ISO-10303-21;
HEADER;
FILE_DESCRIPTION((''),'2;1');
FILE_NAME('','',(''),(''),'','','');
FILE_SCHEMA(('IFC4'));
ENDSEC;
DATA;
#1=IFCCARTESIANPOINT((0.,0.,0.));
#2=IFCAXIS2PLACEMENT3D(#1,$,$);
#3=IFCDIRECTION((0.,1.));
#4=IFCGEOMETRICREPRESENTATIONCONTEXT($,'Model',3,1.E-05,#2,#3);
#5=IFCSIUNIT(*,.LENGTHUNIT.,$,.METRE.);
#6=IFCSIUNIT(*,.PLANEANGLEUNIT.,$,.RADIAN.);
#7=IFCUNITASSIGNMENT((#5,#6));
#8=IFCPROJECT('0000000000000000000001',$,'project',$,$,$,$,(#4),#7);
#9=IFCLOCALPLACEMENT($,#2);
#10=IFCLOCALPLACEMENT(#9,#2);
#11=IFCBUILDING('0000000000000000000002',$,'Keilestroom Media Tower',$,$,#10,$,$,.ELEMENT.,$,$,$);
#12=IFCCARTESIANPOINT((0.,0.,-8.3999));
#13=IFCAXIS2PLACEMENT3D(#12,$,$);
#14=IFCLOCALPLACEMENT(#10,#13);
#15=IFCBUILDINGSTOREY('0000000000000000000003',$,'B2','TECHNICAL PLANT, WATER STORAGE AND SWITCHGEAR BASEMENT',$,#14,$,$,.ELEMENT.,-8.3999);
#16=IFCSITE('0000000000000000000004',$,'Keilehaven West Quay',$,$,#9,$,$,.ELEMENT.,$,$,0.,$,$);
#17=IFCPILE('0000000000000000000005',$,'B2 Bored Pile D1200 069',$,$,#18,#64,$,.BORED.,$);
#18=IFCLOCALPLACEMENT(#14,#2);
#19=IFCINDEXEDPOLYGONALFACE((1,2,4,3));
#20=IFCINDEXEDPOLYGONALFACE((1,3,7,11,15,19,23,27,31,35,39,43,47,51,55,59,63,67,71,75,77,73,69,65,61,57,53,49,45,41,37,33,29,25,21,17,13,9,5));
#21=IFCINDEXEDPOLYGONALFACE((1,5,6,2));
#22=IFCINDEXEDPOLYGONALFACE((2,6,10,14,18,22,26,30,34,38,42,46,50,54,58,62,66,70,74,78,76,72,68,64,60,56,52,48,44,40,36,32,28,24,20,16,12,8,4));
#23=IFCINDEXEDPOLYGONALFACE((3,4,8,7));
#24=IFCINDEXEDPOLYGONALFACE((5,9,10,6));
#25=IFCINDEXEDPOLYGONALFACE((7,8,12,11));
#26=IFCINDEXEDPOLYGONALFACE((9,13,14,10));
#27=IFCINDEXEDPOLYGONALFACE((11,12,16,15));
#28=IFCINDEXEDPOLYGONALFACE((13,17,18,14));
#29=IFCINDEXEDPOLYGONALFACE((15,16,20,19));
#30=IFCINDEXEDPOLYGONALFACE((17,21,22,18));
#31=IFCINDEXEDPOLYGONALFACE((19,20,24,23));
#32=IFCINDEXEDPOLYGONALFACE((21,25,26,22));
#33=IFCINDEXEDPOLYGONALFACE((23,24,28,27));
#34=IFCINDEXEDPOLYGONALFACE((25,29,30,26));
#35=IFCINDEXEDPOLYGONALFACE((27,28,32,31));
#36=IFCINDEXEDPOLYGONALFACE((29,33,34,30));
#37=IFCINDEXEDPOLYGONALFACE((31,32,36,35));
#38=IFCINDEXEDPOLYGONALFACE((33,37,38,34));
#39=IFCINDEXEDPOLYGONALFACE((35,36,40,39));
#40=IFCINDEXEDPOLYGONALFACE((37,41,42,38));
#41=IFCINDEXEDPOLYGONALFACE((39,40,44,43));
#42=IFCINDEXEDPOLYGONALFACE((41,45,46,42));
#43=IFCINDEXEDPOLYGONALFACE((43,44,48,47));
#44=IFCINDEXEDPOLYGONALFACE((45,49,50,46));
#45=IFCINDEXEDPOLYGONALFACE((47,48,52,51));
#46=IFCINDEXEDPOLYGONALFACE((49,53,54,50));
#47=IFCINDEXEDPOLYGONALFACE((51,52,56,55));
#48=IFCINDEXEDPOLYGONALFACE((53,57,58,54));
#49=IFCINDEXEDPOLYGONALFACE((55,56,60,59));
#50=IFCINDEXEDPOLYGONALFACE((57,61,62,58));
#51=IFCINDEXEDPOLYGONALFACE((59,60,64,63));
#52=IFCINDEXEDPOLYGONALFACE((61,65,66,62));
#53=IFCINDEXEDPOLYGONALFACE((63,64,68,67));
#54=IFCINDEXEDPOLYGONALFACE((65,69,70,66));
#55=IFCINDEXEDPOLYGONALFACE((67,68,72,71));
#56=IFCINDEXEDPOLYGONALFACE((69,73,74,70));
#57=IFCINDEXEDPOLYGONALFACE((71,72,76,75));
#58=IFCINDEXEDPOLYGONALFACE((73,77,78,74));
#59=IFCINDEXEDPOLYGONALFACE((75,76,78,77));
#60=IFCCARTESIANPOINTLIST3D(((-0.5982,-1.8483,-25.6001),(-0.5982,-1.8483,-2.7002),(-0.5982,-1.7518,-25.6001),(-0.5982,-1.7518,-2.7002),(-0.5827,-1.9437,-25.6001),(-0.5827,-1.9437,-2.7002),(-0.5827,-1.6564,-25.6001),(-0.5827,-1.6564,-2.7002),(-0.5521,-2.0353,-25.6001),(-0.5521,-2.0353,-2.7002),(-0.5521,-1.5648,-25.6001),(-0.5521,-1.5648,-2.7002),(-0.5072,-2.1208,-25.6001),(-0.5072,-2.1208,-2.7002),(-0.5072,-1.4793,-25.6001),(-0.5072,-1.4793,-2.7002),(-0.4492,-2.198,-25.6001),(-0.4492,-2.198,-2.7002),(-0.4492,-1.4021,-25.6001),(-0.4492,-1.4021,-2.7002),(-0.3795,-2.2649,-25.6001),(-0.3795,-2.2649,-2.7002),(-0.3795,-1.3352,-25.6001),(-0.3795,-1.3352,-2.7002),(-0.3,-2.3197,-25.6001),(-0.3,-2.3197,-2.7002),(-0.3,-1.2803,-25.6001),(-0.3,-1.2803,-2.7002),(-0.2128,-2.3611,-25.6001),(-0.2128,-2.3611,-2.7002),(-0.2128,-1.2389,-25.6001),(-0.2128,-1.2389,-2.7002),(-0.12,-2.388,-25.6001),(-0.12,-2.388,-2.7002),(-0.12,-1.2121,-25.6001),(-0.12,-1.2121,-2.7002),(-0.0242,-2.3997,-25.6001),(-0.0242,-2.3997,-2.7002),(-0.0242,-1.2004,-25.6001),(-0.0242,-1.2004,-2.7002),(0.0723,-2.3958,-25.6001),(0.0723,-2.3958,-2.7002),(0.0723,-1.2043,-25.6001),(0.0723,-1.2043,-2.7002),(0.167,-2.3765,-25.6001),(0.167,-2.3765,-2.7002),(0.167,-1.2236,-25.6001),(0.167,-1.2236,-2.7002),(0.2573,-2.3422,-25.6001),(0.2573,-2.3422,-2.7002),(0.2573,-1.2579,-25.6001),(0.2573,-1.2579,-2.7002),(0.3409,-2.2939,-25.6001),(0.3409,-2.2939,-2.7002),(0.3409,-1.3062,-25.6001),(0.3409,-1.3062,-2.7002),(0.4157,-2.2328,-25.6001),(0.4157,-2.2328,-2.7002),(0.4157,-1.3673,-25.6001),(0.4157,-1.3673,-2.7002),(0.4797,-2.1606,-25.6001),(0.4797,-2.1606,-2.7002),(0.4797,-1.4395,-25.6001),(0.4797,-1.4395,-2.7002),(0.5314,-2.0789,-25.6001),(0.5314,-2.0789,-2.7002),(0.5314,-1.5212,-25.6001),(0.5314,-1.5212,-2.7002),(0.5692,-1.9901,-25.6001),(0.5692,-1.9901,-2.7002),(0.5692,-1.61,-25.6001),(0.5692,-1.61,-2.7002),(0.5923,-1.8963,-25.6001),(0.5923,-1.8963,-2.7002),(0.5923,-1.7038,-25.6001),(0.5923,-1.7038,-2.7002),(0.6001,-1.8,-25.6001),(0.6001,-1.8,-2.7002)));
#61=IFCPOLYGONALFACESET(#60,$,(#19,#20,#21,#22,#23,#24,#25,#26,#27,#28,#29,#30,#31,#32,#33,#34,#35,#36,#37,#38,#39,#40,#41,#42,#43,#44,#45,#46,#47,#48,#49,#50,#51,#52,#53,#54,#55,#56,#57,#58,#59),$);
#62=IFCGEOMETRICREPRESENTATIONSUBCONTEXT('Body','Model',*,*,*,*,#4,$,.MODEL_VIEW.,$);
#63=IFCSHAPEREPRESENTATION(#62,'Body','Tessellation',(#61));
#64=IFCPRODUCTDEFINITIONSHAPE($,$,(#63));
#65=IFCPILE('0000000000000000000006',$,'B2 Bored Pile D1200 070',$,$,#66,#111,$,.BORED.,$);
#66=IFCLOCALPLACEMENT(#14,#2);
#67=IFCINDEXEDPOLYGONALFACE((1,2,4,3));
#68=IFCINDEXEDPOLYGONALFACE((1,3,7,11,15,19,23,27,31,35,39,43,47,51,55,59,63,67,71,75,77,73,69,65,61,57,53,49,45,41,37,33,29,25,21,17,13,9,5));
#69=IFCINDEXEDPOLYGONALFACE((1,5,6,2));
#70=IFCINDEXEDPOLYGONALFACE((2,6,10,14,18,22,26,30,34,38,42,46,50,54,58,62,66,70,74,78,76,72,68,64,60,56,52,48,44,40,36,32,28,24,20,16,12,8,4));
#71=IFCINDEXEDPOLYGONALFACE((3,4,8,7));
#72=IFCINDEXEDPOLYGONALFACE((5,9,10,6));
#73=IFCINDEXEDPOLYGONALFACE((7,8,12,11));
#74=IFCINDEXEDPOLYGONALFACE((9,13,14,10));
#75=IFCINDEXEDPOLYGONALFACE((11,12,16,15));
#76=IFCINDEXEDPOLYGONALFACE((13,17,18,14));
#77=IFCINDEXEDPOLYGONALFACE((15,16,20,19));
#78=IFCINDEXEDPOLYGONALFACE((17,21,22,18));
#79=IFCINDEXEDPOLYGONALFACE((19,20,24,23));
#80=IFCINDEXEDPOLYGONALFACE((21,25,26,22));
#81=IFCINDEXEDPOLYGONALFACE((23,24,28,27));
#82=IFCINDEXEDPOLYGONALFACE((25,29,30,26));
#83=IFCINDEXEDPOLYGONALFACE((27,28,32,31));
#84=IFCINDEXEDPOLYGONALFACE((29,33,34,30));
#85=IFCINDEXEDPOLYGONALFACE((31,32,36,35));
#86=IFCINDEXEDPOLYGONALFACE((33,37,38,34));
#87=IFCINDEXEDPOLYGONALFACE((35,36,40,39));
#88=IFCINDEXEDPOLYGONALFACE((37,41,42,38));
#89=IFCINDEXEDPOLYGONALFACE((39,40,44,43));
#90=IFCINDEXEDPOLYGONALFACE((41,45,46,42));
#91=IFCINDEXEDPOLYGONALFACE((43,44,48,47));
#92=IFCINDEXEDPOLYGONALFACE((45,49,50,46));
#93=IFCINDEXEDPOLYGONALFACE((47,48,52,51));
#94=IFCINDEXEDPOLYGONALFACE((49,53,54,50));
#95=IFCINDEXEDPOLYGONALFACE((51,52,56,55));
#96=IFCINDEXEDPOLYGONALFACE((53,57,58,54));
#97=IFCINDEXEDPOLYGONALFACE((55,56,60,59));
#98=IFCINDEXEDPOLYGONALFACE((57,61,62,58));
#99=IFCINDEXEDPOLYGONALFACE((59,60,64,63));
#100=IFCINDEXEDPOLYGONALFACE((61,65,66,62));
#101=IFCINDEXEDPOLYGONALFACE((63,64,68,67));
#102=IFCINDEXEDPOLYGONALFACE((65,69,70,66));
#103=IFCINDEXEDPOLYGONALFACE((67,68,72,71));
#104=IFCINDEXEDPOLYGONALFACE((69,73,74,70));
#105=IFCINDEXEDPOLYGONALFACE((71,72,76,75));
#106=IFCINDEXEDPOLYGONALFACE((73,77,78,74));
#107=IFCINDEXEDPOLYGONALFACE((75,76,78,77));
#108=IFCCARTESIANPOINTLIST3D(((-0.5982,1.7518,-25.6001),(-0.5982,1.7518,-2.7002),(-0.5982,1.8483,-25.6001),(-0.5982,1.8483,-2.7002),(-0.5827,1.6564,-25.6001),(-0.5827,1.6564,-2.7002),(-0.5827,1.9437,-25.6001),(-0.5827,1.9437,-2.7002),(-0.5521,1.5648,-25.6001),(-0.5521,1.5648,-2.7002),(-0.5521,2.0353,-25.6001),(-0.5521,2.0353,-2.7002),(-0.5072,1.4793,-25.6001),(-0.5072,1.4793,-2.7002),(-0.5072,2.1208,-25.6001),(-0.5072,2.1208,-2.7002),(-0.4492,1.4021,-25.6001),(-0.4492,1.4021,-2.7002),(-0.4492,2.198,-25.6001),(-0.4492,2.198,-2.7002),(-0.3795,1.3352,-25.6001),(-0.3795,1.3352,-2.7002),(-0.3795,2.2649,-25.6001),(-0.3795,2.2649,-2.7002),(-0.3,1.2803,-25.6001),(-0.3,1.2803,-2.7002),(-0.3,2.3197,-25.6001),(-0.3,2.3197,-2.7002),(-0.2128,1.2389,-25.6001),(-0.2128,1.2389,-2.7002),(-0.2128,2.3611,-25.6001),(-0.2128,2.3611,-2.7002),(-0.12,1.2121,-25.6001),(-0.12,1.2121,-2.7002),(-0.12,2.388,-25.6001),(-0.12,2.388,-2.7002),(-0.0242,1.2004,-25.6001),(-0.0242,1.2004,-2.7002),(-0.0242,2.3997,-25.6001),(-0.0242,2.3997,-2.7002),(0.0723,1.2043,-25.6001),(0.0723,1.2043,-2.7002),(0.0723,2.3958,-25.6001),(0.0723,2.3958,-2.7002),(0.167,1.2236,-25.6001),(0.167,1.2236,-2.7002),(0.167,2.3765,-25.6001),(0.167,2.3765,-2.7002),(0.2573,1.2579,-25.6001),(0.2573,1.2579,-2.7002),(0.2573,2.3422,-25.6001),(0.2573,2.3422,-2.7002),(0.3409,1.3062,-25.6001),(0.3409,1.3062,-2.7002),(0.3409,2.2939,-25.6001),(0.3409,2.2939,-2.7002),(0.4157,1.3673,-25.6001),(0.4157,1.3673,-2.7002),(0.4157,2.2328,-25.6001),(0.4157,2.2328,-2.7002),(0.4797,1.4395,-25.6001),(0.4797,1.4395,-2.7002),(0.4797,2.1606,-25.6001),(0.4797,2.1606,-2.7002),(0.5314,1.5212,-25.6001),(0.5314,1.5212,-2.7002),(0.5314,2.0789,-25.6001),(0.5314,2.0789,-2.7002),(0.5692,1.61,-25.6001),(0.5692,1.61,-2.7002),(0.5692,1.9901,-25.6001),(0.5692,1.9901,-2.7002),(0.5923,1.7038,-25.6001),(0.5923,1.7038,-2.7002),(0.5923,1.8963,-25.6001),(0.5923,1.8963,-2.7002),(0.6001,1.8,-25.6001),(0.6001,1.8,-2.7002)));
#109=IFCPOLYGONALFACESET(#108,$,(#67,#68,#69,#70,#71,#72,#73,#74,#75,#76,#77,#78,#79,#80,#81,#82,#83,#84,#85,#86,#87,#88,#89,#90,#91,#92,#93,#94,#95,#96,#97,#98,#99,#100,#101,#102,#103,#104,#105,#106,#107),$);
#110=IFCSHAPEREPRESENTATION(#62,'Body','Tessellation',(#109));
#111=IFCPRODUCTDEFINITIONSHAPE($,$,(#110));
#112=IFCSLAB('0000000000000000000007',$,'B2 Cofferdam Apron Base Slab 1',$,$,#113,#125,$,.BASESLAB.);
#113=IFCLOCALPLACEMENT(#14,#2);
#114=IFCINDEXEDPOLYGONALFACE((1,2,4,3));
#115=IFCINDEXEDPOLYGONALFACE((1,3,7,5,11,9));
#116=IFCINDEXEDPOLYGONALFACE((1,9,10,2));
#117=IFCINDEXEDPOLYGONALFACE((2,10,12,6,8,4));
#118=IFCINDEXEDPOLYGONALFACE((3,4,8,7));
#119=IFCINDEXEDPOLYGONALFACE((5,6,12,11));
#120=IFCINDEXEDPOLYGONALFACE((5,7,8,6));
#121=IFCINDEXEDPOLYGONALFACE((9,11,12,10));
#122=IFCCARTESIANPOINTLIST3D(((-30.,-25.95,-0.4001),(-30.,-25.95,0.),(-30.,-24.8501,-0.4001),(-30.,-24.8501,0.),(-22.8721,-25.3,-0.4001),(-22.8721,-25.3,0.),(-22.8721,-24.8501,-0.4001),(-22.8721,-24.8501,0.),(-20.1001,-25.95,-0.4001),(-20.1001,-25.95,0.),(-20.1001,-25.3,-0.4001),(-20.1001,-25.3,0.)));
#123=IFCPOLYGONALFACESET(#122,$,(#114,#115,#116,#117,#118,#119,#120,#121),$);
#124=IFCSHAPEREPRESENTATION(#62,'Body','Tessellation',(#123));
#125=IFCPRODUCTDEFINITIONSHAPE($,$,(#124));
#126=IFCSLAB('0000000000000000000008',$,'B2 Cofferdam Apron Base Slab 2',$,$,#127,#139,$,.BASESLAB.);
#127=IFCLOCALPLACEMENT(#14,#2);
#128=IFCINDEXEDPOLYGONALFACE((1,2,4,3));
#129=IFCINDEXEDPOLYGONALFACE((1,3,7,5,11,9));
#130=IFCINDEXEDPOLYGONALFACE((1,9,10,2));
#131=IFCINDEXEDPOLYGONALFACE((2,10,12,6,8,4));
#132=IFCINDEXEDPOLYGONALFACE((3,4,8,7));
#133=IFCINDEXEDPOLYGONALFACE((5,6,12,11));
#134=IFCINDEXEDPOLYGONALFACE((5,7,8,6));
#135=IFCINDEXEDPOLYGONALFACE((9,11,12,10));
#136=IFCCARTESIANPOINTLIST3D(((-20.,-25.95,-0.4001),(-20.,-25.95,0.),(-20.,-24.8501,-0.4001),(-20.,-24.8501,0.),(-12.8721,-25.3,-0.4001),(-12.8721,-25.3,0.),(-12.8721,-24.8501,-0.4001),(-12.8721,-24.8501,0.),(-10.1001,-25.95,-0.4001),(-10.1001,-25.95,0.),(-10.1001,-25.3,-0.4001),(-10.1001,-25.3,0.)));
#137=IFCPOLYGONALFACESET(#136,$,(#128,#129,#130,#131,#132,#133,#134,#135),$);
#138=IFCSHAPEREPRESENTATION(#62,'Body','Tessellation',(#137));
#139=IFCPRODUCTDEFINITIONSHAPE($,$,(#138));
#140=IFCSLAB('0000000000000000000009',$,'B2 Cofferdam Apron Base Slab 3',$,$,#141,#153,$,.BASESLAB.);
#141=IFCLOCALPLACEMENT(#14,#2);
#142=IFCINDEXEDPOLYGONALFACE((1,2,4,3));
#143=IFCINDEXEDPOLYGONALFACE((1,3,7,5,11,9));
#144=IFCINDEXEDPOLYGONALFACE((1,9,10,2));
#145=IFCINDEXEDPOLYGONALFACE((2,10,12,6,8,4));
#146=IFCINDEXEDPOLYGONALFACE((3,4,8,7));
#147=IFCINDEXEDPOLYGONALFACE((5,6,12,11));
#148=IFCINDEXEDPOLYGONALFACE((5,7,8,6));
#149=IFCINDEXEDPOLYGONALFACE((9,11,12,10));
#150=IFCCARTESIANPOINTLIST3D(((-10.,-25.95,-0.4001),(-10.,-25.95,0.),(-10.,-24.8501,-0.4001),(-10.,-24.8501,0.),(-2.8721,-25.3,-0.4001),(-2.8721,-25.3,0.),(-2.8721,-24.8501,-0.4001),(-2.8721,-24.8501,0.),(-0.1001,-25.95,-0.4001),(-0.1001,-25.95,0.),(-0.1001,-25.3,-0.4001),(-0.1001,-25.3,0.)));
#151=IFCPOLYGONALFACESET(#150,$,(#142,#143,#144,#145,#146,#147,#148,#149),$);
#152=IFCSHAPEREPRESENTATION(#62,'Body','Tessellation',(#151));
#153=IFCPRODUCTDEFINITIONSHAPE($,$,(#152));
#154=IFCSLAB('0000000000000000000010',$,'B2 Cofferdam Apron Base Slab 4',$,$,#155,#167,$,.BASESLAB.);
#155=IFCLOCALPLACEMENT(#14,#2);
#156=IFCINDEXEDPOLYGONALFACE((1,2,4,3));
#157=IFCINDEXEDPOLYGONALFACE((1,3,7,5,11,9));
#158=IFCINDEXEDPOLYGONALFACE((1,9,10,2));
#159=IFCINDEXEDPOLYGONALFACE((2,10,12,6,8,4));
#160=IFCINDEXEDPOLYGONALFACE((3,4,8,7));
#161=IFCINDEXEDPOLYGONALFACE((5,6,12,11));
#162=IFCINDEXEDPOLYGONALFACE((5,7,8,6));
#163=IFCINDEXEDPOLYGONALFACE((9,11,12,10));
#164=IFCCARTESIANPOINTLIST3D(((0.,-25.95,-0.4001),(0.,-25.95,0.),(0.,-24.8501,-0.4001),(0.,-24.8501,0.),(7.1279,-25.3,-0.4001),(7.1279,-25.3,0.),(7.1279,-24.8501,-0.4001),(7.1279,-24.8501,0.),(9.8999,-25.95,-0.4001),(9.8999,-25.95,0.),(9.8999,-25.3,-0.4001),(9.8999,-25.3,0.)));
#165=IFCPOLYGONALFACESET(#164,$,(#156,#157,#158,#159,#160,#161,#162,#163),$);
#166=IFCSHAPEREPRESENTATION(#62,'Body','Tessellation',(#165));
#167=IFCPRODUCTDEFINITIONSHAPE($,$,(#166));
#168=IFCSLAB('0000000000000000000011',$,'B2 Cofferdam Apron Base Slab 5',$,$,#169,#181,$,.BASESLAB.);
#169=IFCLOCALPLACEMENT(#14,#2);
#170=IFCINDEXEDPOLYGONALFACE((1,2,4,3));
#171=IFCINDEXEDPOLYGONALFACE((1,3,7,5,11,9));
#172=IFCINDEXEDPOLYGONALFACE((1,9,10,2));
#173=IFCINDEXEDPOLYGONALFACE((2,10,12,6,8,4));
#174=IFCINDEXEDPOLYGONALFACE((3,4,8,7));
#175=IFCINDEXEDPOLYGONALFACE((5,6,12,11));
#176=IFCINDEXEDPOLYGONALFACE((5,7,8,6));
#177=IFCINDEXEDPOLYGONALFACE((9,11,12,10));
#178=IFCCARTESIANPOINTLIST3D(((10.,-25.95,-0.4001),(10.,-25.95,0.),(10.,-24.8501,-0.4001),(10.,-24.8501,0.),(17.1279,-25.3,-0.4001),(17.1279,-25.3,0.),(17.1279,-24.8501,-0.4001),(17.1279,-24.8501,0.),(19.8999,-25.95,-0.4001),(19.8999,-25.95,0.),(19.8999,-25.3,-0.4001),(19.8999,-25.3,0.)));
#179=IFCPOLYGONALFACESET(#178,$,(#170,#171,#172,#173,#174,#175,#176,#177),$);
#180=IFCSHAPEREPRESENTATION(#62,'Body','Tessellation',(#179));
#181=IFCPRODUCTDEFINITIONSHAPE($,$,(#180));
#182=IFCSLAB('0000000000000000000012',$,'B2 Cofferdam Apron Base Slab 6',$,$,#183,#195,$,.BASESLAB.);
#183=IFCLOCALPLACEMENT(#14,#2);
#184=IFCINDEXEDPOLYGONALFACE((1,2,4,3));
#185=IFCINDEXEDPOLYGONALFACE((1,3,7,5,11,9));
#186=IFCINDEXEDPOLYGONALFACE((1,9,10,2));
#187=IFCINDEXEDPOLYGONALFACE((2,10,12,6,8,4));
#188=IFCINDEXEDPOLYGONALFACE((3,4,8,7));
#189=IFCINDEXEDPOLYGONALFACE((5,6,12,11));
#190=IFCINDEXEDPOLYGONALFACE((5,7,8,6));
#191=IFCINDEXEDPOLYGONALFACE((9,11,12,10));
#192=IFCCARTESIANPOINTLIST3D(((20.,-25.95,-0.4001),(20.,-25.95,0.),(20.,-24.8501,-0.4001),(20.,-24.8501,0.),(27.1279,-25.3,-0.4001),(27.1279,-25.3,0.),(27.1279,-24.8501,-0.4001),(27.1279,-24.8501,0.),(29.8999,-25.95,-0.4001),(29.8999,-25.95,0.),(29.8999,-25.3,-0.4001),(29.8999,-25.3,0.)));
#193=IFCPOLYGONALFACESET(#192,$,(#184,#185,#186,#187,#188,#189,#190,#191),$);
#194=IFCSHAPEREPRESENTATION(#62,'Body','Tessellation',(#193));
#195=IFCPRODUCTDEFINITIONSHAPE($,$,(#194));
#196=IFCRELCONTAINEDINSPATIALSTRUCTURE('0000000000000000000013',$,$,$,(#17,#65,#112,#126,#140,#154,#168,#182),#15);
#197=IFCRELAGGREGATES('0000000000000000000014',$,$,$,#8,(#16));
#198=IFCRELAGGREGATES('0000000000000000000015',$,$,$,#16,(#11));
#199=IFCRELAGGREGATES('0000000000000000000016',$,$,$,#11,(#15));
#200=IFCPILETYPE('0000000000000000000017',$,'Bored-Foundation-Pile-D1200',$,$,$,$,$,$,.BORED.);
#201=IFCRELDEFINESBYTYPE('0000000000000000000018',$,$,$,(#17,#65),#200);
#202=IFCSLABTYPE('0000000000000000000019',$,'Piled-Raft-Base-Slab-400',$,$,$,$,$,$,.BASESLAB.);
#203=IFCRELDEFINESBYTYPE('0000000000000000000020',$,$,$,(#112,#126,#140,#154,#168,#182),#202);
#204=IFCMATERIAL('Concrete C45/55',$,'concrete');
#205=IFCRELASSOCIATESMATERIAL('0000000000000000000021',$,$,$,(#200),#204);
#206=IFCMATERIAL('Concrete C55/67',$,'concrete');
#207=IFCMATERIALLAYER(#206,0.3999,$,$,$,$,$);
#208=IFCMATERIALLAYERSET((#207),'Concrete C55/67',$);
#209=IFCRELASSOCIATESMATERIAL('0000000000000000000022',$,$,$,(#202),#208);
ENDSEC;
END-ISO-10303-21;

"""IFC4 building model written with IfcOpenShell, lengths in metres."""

from ifc_helpers import new_model, si_unit, direction, frame, origin, origin_2d, place, context, subcontext, project, spatial, polyline, circle, outline, extrude, source, transform, mapped, material, layer, layer_set, material_profile, profile_set, type_object, element, save


model = new_model("IFC4")

# Units and contexts
model_context = context("Model", 3, precision=1e-05, world=origin(), true_north=direction((0.0, 1.0)))
body_context = subcontext(model_context, "Body", "Model", "MODEL_VIEW")
ifc_project = project(units=[si_unit("LENGTHUNIT", "METRE"), si_unit("PLANEANGLEUNIT", "RADIAN")], contexts=[model_context])

# Site, building, storey
site_placement = place(None, origin())
site = spatial("IfcSite", under=ifc_project, at=site_placement, Name="Keilehaven West Quay", CompositionType="ELEMENT", RefElevation=0.0)
building_placement = place(site_placement, origin())
building = spatial("IfcBuilding", under=site, at=building_placement, Name="Keilestroom Media Tower", CompositionType="ELEMENT")
storey_placement = place(building_placement, frame((0.0, 0.0, -8.3999)))
storey = spatial("IfcBuildingStorey", under=building, at=storey_placement, Name="B2", Description="TECHNICAL PLANT, WATER STORAGE AND SWITCHGEAR BASEMENT", CompositionType="ELEMENT", Elevation=-8.3999)

# Shared definitions
ifc_material_1 = material(Name="Concrete C45/55", Category="concrete")
ifc_material_2 = material(Name="Concrete C55/67", Category="concrete")

# Piles
ifc_material_profile = material_profile(ifc_material_1, circle(Radius=0.6001, at=origin_2d()), Name="BORED PILE D1200")
ifc_profile_set = profile_set([ifc_material_profile], Name="Concrete C45/55")
pile_type = type_object("IfcPileType", Name="Bored-Foundation-Pile-D1200", PredefinedType="BORED", material=ifc_profile_set)
shared_shape_1 = source(origin(), body_context, "Body", "SweptSolid", [
    extrude(circle(Radius=0.6001, at=origin_2d()), origin(), (0.0, 0.0, 1.0), 22.8999),
])
for number, where, z_axis, x_axis, name in (
    (1, (0.0, -1.8, -2.7002), (0.0, 0.0, -1.0), (1.0, 0.0, 0.0), "B2 Bored Pile D1200 069"),
    (2, (0.0, 1.8, -2.7002), (0.0, 0.0, -1.0), (1.0, 0.0, 0.0), "B2 Bored Pile D1200 070"),
):
    element("IfcPile", number, at=place(storey_placement, frame(where, z_axis=z_axis, x_axis=x_axis)), inside=storey, type_object=pile_type, Name=name, PredefinedType="BORED", context=body_context, shape_type="MappedRepresentation", body=[
        mapped(shared_shape_1, transform((0.0, 0.0, 0.0), x_axis=(1.0, 0.0, 0.0), y_axis=(0.0, 1.0, 0.0), z_axis=(0.0, 0.0, 1.0), scale=1.0)),
    ])

# Slabs
ifc_layer_1 = layer(ifc_material_2, 0.3999)
ifc_layer_set_1 = layer_set([ifc_layer_1], Name="Concrete C55/67")
slab_type = type_object("IfcSlabType", Name="Piled-Raft-Base-Slab-400", PredefinedType="BASESLAB", material=ifc_layer_set_1)
slab_1_placement = place(storey_placement, frame((0.0, 0.0, -0.4001)))
element("IfcSlab", 3, at=slab_1_placement, inside=storey, type_object=slab_type, Name="B2 Cofferdam Apron Base Slab 1", PredefinedType="BASESLAB", context=body_context, shape_type="SweptSolid", body=[
    extrude(outline(polyline([(-30.0, -25.95), (-20.1001, -25.95), (-20.1001, -25.3), (-22.8721, -25.3), (-22.8721, -24.8501), (-30.0, -24.8501), (-30.0, -25.95)])), origin(), (0.0, 0.0, 1.0), 0.4001),
])
slab_2_placement = place(storey_placement, frame((0.0, 0.0, -0.4001)))
element("IfcSlab", 4, at=slab_2_placement, inside=storey, type_object=slab_type, Name="B2 Cofferdam Apron Base Slab 2", PredefinedType="BASESLAB", context=body_context, shape_type="SweptSolid", body=[
    extrude(outline(polyline([(-20.0, -25.95), (-10.1001, -25.95), (-10.1001, -25.3), (-12.8721, -25.3), (-12.8721, -24.8501), (-20.0, -24.8501), (-20.0, -25.95)])), origin(), (0.0, 0.0, 1.0), 0.4001),
])
slab_3_placement = place(storey_placement, frame((0.0, 0.0, -0.4001)))
element("IfcSlab", 5, at=slab_3_placement, inside=storey, type_object=slab_type, Name="B2 Cofferdam Apron Base Slab 3", PredefinedType="BASESLAB", context=body_context, shape_type="SweptSolid", body=[
    extrude(outline(polyline([(-10.0, -25.95), (-0.1001, -25.95), (-0.1001, -25.3), (-2.8721, -25.3), (-2.8721, -24.8501), (-10.0, -24.8501), (-10.0, -25.95)])), origin(), (0.0, 0.0, 1.0), 0.4001),
])
slab_4_placement = place(storey_placement, frame((0.0, 0.0, -0.4001)))
element("IfcSlab", 6, at=slab_4_placement, inside=storey, type_object=slab_type, Name="B2 Cofferdam Apron Base Slab 4", PredefinedType="BASESLAB", context=body_context, shape_type="SweptSolid", body=[
    extrude(outline(polyline([(0.0, -25.95), (9.8999, -25.95), (9.8999, -25.3), (7.1279, -25.3), (7.1279, -24.8501), (0.0, -24.8501), (0.0, -25.95)])), origin(), (0.0, 0.0, 1.0), 0.4001),
])
slab_5_placement = place(storey_placement, frame((0.0, 0.0, -0.4001)))
element("IfcSlab", 7, at=slab_5_placement, inside=storey, type_object=slab_type, Name="B2 Cofferdam Apron Base Slab 5", PredefinedType="BASESLAB", context=body_context, shape_type="SweptSolid", body=[
    extrude(outline(polyline([(10.0, -25.95), (19.8999, -25.95), (19.8999, -25.3), (17.1279, -25.3), (17.1279, -24.8501), (10.0, -24.8501), (10.0, -25.95)])), origin(), (0.0, 0.0, 1.0), 0.4001),
])
slab_6_placement = place(storey_placement, frame((0.0, 0.0, -0.4001)))
element("IfcSlab", 8, at=slab_6_placement, inside=storey, type_object=slab_type, Name="B2 Cofferdam Apron Base Slab 6", PredefinedType="BASESLAB", context=body_context, shape_type="SweptSolid", body=[
    extrude(outline(polyline([(20.0, -25.95), (29.8999, -25.95), (29.8999, -25.3), (27.1279, -25.3), (27.1279, -24.8501), (20.0, -24.8501), (20.0, -25.95)])), origin(), (0.0, 0.0, 1.0), 0.4001),
])

save(model, "model.ifc")
